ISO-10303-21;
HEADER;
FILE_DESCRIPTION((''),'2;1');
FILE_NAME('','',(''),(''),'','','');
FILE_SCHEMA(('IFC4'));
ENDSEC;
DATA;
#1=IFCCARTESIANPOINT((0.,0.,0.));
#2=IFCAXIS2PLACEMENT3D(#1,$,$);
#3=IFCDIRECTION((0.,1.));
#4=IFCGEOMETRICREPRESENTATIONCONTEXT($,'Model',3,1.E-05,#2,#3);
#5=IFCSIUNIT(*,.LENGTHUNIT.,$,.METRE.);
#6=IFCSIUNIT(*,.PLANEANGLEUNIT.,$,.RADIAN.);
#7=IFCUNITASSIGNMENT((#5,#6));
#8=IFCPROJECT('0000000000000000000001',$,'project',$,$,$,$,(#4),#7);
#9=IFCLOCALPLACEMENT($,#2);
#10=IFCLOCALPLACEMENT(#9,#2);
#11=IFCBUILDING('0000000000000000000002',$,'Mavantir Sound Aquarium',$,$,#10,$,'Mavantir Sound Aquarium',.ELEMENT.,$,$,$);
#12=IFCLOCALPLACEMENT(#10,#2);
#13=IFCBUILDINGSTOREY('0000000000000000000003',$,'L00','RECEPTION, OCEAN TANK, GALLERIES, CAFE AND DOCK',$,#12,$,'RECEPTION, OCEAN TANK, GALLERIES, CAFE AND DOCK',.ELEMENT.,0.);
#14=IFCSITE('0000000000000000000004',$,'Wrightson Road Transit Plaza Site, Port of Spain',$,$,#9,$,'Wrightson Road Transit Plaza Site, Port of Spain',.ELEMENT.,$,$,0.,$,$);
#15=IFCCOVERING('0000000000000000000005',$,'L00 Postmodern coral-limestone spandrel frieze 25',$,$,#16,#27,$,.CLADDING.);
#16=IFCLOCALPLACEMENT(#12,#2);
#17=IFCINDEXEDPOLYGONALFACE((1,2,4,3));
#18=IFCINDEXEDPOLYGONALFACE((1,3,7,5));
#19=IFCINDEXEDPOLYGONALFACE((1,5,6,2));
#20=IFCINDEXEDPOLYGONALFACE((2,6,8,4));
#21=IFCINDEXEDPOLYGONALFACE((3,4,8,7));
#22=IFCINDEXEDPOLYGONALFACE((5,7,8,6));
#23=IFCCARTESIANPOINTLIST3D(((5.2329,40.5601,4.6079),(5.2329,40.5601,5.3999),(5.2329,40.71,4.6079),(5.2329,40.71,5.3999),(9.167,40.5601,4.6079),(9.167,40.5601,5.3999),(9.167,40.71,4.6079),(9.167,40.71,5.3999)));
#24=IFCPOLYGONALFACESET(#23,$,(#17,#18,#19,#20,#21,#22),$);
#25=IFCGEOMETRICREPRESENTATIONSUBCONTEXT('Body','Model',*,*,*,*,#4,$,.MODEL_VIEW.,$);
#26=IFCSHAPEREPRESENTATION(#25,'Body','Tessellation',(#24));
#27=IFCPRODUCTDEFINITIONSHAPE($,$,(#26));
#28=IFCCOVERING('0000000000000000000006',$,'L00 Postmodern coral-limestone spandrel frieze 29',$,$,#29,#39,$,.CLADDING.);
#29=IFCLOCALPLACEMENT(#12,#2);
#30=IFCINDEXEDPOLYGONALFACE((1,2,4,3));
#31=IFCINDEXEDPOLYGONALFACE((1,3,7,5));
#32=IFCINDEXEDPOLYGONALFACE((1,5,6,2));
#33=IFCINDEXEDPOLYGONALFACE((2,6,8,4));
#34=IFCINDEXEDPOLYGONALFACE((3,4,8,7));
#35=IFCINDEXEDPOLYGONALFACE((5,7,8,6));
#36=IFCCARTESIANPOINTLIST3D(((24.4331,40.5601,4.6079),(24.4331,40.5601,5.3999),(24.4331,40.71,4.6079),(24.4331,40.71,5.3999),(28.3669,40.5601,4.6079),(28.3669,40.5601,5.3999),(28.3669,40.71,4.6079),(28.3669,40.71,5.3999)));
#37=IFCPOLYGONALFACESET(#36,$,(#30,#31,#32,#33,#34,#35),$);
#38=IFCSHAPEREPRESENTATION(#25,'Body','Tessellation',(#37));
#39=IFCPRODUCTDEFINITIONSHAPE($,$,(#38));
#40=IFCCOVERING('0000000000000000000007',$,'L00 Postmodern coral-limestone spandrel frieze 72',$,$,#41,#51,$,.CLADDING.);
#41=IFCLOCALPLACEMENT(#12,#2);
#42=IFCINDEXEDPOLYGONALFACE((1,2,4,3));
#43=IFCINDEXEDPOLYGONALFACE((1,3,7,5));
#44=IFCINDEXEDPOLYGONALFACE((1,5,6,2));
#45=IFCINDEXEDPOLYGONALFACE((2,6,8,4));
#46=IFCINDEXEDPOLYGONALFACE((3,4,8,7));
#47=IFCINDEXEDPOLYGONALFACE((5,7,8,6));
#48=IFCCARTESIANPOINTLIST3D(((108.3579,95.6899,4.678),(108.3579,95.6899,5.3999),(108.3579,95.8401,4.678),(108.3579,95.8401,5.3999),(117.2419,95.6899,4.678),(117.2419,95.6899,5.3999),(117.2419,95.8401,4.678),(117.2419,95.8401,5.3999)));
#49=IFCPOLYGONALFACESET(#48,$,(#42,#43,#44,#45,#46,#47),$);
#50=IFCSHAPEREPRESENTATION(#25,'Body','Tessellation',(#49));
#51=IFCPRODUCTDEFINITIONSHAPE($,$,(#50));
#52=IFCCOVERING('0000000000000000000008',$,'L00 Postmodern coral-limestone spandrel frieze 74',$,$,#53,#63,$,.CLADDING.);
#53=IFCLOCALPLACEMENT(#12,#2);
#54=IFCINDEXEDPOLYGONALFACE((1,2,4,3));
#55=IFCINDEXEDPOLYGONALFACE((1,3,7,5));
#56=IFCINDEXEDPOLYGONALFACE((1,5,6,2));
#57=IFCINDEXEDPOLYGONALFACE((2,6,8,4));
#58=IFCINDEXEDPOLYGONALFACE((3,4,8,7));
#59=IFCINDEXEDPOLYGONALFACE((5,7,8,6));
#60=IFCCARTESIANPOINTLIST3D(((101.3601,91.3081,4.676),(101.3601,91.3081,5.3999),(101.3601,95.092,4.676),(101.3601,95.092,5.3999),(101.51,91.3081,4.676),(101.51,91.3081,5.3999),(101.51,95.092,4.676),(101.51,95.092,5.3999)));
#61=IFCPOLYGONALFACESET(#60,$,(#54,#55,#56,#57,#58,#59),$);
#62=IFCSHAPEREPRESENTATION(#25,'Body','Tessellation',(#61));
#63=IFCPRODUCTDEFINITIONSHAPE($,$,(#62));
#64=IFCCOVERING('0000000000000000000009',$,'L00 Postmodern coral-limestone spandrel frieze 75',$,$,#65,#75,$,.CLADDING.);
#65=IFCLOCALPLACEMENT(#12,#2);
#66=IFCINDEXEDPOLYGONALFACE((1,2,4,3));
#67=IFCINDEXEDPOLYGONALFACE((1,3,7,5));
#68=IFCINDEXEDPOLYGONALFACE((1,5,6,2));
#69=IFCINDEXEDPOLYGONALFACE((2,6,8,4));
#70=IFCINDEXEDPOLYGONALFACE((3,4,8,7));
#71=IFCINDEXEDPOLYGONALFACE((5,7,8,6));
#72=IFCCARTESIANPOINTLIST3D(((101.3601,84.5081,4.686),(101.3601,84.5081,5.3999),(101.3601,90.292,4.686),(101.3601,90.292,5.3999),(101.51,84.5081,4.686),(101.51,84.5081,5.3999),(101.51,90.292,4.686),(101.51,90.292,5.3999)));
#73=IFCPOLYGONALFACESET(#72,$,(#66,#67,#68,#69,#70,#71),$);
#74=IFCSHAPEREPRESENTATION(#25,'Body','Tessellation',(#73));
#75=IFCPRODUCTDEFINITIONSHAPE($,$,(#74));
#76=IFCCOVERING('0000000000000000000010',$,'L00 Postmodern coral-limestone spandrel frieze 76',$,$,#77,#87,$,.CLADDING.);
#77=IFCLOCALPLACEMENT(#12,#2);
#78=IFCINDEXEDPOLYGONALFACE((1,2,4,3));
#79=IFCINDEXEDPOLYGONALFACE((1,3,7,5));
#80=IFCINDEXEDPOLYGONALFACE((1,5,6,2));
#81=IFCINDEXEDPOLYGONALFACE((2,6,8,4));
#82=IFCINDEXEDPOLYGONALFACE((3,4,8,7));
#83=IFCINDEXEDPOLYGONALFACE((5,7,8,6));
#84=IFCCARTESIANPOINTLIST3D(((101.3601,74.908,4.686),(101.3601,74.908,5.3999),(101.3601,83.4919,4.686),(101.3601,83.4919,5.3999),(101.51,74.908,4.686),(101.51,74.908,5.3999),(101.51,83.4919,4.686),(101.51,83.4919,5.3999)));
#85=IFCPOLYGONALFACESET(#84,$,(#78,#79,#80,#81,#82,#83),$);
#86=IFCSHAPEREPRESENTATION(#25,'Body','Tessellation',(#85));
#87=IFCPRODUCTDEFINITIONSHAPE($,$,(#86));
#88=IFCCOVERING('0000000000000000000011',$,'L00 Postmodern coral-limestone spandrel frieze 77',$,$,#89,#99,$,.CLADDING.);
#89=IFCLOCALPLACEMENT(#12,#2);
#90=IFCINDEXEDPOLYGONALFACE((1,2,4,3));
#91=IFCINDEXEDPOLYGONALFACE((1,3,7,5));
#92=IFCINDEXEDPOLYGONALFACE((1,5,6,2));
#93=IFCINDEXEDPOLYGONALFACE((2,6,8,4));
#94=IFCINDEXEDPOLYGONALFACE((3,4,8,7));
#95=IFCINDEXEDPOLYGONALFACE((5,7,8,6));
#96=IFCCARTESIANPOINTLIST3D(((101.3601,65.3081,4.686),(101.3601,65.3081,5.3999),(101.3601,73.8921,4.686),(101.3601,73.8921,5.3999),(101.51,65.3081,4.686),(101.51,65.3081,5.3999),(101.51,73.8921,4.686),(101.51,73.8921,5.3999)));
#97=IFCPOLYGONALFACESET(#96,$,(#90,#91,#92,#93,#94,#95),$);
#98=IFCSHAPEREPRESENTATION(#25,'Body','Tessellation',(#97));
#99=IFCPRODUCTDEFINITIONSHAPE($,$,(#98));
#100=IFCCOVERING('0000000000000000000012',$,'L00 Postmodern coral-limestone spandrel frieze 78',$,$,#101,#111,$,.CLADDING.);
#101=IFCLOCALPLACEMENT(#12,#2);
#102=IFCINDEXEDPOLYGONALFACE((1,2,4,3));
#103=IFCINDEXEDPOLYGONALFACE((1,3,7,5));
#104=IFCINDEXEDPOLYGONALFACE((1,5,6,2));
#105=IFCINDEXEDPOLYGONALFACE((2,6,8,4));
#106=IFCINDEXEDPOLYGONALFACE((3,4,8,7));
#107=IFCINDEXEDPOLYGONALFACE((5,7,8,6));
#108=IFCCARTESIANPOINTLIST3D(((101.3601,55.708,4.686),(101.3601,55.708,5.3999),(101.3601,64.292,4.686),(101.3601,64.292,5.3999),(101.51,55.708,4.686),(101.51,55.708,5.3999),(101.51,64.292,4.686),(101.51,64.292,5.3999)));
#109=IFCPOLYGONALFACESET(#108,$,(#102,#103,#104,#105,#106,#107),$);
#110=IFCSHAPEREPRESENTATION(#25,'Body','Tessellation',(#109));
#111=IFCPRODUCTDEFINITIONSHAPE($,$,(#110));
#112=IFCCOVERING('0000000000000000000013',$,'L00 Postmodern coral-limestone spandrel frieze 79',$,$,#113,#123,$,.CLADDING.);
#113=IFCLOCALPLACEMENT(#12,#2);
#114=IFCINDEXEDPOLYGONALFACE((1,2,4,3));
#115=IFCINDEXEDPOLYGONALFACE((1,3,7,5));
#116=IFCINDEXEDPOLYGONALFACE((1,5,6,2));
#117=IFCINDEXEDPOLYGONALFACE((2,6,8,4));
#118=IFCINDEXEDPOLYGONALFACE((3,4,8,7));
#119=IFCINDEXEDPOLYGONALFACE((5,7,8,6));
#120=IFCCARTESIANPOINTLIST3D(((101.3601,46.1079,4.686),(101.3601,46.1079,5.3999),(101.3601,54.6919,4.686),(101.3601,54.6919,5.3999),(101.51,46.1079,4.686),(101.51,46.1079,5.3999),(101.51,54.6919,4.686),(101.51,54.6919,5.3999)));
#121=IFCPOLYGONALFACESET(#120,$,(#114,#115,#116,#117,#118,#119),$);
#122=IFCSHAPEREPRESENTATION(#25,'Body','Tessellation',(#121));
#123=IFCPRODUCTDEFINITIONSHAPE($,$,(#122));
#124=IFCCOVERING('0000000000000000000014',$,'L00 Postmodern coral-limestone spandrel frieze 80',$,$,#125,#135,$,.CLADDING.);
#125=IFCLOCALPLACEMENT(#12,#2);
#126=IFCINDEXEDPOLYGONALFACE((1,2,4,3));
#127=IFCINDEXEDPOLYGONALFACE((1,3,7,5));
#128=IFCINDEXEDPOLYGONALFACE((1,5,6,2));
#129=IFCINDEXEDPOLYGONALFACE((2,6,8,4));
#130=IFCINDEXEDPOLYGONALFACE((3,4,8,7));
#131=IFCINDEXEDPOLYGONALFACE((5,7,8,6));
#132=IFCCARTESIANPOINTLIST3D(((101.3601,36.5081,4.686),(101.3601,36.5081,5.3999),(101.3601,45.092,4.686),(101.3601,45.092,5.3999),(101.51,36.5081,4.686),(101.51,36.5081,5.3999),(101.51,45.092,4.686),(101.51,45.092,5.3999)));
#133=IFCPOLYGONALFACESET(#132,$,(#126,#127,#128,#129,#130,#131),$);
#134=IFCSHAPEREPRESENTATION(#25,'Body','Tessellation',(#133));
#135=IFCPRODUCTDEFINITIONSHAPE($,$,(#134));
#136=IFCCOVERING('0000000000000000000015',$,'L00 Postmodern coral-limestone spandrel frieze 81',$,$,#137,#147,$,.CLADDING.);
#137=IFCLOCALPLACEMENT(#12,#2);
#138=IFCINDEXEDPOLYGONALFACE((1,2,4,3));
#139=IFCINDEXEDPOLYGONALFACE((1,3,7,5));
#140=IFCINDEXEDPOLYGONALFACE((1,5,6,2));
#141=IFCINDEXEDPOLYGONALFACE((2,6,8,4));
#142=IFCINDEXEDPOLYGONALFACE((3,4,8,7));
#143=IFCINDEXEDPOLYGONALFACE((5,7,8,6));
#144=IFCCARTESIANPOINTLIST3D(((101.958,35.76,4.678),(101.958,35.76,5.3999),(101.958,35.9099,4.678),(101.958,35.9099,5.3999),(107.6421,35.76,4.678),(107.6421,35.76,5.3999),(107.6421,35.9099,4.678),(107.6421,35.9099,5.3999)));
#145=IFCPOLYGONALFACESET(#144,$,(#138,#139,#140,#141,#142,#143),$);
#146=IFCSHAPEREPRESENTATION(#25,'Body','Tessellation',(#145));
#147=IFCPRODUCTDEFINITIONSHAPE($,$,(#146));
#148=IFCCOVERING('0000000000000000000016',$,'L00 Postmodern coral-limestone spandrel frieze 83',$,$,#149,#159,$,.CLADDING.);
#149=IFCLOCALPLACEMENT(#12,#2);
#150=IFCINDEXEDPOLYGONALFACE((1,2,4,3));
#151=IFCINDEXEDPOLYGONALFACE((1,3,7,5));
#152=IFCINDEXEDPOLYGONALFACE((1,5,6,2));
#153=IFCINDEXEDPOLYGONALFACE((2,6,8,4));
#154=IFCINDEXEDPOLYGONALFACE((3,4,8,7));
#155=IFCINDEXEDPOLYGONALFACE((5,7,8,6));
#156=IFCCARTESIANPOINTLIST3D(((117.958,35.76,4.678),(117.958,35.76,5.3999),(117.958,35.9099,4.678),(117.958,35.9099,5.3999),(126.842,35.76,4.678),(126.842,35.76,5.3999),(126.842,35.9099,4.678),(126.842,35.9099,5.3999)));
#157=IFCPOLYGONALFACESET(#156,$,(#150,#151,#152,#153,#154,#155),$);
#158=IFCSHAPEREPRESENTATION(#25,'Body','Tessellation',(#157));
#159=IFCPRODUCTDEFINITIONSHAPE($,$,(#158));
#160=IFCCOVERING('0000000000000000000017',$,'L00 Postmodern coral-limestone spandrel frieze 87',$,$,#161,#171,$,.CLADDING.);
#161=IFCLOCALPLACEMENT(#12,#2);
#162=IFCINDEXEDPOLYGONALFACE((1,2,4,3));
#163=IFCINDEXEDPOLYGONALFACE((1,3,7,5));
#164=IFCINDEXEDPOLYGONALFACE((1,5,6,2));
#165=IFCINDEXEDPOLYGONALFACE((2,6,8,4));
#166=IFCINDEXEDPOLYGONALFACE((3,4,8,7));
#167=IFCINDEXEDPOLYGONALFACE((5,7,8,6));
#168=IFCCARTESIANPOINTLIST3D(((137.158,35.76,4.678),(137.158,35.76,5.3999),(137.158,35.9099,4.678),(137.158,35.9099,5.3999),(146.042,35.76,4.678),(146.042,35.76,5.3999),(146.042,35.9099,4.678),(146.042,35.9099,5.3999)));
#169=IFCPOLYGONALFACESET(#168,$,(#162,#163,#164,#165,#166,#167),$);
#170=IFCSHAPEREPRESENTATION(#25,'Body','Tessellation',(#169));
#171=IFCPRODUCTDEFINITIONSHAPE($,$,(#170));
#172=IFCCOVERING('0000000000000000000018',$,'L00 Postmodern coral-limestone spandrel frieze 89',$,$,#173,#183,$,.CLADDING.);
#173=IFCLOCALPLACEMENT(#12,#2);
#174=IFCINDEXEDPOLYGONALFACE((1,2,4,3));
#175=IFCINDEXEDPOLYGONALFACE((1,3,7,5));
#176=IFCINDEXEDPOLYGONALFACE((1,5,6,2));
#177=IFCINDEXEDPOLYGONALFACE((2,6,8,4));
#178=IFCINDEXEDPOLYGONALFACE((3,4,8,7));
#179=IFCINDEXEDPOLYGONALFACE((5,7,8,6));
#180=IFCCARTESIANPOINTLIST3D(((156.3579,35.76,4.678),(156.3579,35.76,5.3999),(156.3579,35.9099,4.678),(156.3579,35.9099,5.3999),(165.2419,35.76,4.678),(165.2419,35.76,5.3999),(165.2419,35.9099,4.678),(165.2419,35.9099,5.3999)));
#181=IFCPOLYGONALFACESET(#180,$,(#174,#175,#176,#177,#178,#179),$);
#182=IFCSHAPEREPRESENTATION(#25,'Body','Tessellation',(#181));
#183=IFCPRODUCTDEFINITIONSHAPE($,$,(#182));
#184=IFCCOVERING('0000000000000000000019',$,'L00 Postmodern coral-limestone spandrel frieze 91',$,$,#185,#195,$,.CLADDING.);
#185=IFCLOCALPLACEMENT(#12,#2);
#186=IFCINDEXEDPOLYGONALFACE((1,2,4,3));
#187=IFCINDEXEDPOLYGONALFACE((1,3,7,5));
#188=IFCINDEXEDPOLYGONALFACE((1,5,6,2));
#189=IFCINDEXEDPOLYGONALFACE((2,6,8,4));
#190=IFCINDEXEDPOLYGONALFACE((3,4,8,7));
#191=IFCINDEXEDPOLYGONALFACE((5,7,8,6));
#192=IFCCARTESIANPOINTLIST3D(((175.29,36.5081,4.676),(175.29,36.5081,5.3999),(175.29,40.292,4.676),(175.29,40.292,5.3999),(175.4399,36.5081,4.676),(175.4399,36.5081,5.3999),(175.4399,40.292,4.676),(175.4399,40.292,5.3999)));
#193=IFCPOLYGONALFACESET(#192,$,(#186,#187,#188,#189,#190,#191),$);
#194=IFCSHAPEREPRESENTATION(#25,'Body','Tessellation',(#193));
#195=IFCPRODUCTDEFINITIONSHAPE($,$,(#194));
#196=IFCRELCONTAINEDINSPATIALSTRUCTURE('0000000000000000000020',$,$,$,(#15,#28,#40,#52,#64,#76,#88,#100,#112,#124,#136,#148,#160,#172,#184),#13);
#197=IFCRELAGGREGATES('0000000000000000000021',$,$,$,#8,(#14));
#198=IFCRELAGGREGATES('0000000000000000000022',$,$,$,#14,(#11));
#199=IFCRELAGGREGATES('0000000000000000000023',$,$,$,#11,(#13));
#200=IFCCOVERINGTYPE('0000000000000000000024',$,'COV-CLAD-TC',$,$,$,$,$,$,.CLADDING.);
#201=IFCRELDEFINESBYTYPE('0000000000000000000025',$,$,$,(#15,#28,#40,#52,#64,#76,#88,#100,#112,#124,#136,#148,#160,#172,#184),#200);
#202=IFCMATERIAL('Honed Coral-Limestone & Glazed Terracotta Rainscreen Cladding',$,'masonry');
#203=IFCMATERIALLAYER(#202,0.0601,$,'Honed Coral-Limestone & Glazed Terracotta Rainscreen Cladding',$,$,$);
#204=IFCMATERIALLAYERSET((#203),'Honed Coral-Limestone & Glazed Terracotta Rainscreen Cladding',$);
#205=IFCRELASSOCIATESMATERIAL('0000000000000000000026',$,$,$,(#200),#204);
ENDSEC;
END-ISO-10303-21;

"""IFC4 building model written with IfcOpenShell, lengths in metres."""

from ifc_helpers import new_model, si_unit, direction, frame, origin, place, context, subcontext, project, spatial, polyline, outline, extrude, material, layer, layer_set, type_object, element, save


model = new_model("IFC4")

# Units and contexts
model_context = context("Model", 3, precision=1e-05, world=origin(), true_north=direction((0.0, 1.0)))
body_context = subcontext(model_context, "Body", "Model", "MODEL_VIEW")
ifc_project = project(units=[si_unit("LENGTHUNIT", "METRE"), si_unit("PLANEANGLEUNIT", "RADIAN")], contexts=[model_context])

# Site, building, storey
site_placement = place(None, origin())
site = spatial("IfcSite", under=ifc_project, at=site_placement, Name="Wrightson Road Transit Plaza Site, Port of Spain", LongName="Wrightson Road Transit Plaza Site, Port of Spain", CompositionType="ELEMENT", RefElevation=0.0)
building_placement = place(site_placement, origin())
building = spatial("IfcBuilding", under=site, at=building_placement, Name="Mavantir Sound Aquarium", LongName="Mavantir Sound Aquarium", CompositionType="ELEMENT")
storey_placement = place(building_placement, origin())
storey = spatial("IfcBuildingStorey", under=building, at=storey_placement, Name="L00", Description="RECEPTION, OCEAN TANK, GALLERIES, CAFE AND DOCK", LongName="RECEPTION, OCEAN TANK, GALLERIES, CAFE AND DOCK", CompositionType="ELEMENT", Elevation=0.0)

# Coverings
ifc_material = material(Name="Honed Coral-Limestone & Glazed Terracotta Rainscreen Cladding", Category="masonry")
ifc_layer = layer(ifc_material, 0.0601, Name="Honed Coral-Limestone & Glazed Terracotta Rainscreen Cladding")
ifc_layer_set = layer_set([ifc_layer], Name="Honed Coral-Limestone & Glazed Terracotta Rainscreen Cladding")
covering_type = type_object("IfcCoveringType", Name="COV-CLAD-TC", PredefinedType="CLADDING", material=ifc_layer_set)
covering_1_placement = place(storey_placement, frame((0.0, 0.0, 4.6079)))
element("IfcCovering", 1, at=covering_1_placement, inside=storey, type_object=covering_type, Name="L00 Postmodern coral-limestone spandrel frieze 25", PredefinedType="CLADDING", context=body_context, shape_type="SweptSolid", body=[
    extrude(outline(polyline([(5.2329, 40.71), (9.167, 40.71), (9.167, 40.5601), (5.2329, 40.5601), (5.2329, 40.71)])), origin(), (0.0, 0.0, 1.0), 0.792),
])
covering_2_placement = place(storey_placement, frame((0.0, 0.0, 4.6079)))
element("IfcCovering", 2, at=covering_2_placement, inside=storey, type_object=covering_type, Name="L00 Postmodern coral-limestone spandrel frieze 29", PredefinedType="CLADDING", context=body_context, shape_type="SweptSolid", body=[
    extrude(outline(polyline([(24.4331, 40.71), (28.3669, 40.71), (28.3669, 40.5601), (24.4331, 40.5601), (24.4331, 40.71)])), origin(), (0.0, 0.0, 1.0), 0.792),
])
covering_3_placement = place(storey_placement, frame((0.0, 0.0, 4.678)))
element("IfcCovering", 3, at=covering_3_placement, inside=storey, type_object=covering_type, Name="L00 Postmodern coral-limestone spandrel frieze 72", PredefinedType="CLADDING", context=body_context, shape_type="SweptSolid", body=[
    extrude(outline(polyline([(117.2419, 95.6899), (108.3579, 95.6899), (108.3579, 95.8401), (117.2419, 95.8401), (117.2419, 95.6899)])), origin(), (0.0, 0.0, 1.0), 0.7219),
])
covering_4_placement = place(storey_placement, frame((0.0, 0.0, 4.676)))
element("IfcCovering", 4, at=covering_4_placement, inside=storey, type_object=covering_type, Name="L00 Postmodern coral-limestone spandrel frieze 74", PredefinedType="CLADDING", context=body_context, shape_type="SweptSolid", body=[
    extrude(outline(polyline([(101.51, 95.092), (101.51, 91.3081), (101.3601, 91.3081), (101.3601, 95.092), (101.51, 95.092)])), origin(), (0.0, 0.0, 1.0), 0.7239),
])
covering_5_placement = place(storey_placement, frame((0.0, 0.0, 4.686)))
element("IfcCovering", 5, at=covering_5_placement, inside=storey, type_object=covering_type, Name="L00 Postmodern coral-limestone spandrel frieze 75", PredefinedType="CLADDING", context=body_context, shape_type="SweptSolid", body=[
    extrude(outline(polyline([(101.51, 90.292), (101.51, 84.5081), (101.3601, 84.5081), (101.3601, 90.292), (101.51, 90.292)])), origin(), (0.0, 0.0, 1.0), 0.7139),
])
covering_6_placement = place(storey_placement, frame((0.0, 0.0, 4.686)))
element("IfcCovering", 6, at=covering_6_placement, inside=storey, type_object=covering_type, Name="L00 Postmodern coral-limestone spandrel frieze 76", PredefinedType="CLADDING", context=body_context, shape_type="SweptSolid", body=[
    extrude(outline(polyline([(101.51, 83.4919), (101.51, 74.908), (101.3601, 74.908), (101.3601, 83.4919), (101.51, 83.4919)])), origin(), (0.0, 0.0, 1.0), 0.7139),
])
covering_7_placement = place(storey_placement, frame((0.0, 0.0, 4.686)))
element("IfcCovering", 7, at=covering_7_placement, inside=storey, type_object=covering_type, Name="L00 Postmodern coral-limestone spandrel frieze 77", PredefinedType="CLADDING", context=body_context, shape_type="SweptSolid", body=[
    extrude(outline(polyline([(101.51, 73.8921), (101.51, 65.3081), (101.3601, 65.3081), (101.3601, 73.8921), (101.51, 73.8921)])), origin(), (0.0, 0.0, 1.0), 0.7139),
])
covering_8_placement = place(storey_placement, frame((0.0, 0.0, 4.686)))
element("IfcCovering", 8, at=covering_8_placement, inside=storey, type_object=covering_type, Name="L00 Postmodern coral-limestone spandrel frieze 78", PredefinedType="CLADDING", context=body_context, shape_type="SweptSolid", body=[
    extrude(outline(polyline([(101.51, 64.292), (101.51, 55.708), (101.3601, 55.708), (101.3601, 64.292), (101.51, 64.292)])), origin(), (0.0, 0.0, 1.0), 0.7139),
])
covering_9_placement = place(storey_placement, frame((0.0, 0.0, 4.686)))
element("IfcCovering", 9, at=covering_9_placement, inside=storey, type_object=covering_type, Name="L00 Postmodern coral-limestone spandrel frieze 79", PredefinedType="CLADDING", context=body_context, shape_type="SweptSolid", body=[
    extrude(outline(polyline([(101.51, 54.6919), (101.51, 46.1079), (101.3601, 46.1079), (101.3601, 54.6919), (101.51, 54.6919)])), origin(), (0.0, 0.0, 1.0), 0.7139),
])
covering_10_placement = place(storey_placement, frame((0.0, 0.0, 4.686)))
element("IfcCovering", 10, at=covering_10_placement, inside=storey, type_object=covering_type, Name="L00 Postmodern coral-limestone spandrel frieze 80", PredefinedType="CLADDING", context=body_context, shape_type="SweptSolid", body=[
    extrude(outline(polyline([(101.51, 45.092), (101.51, 36.5081), (101.3601, 36.5081), (101.3601, 45.092), (101.51, 45.092)])), origin(), (0.0, 0.0, 1.0), 0.7139),
])
covering_11_placement = place(storey_placement, frame((0.0, 0.0, 4.678)))
element("IfcCovering", 11, at=covering_11_placement, inside=storey, type_object=covering_type, Name="L00 Postmodern coral-limestone spandrel frieze 81", PredefinedType="CLADDING", context=body_context, shape_type="SweptSolid", body=[
    extrude(outline(polyline([(101.958, 35.9099), (107.6421, 35.9099), (107.6421, 35.76), (101.958, 35.76), (101.958, 35.9099)])), origin(), (0.0, 0.0, 1.0), 0.7219),
])
covering_12_placement = place(storey_placement, frame((0.0, 0.0, 4.678)))
element("IfcCovering", 12, at=covering_12_placement, inside=storey, type_object=covering_type, Name="L00 Postmodern coral-limestone spandrel frieze 83", PredefinedType="CLADDING", context=body_context, shape_type="SweptSolid", body=[
    extrude(outline(polyline([(117.958, 35.9099), (126.842, 35.9099), (126.842, 35.76), (117.958, 35.76), (117.958, 35.9099)])), origin(), (0.0, 0.0, 1.0), 0.7219),
])
covering_13_placement = place(storey_placement, frame((0.0, 0.0, 4.678)))
element("IfcCovering", 13, at=covering_13_placement, inside=storey, type_object=covering_type, Name="L00 Postmodern coral-limestone spandrel frieze 87", PredefinedType="CLADDING", context=body_context, shape_type="SweptSolid", body=[
    extrude(outline(polyline([(137.158, 35.9099), (146.042, 35.9099), (146.042, 35.76), (137.158, 35.76), (137.158, 35.9099)])), origin(), (0.0, 0.0, 1.0), 0.7219),
])
covering_14_placement = place(storey_placement, frame((0.0, 0.0, 4.678)))
element("IfcCovering", 14, at=covering_14_placement, inside=storey, type_object=covering_type, Name="L00 Postmodern coral-limestone spandrel frieze 89", PredefinedType="CLADDING", context=body_context, shape_type="SweptSolid", body=[
    extrude(outline(polyline([(156.3579, 35.9099), (165.2419, 35.9099), (165.2419, 35.76), (156.3579, 35.76), (156.3579, 35.9099)])), origin(), (0.0, 0.0, 1.0), 0.7219),
])
covering_15_placement = place(storey_placement, frame((0.0, 0.0, 4.676)))
element("IfcCovering", 15, at=covering_15_placement, inside=storey, type_object=covering_type, Name="L00 Postmodern coral-limestone spandrel frieze 91", PredefinedType="CLADDING", context=body_context, shape_type="SweptSolid", body=[
    extrude(outline(polyline([(175.29, 36.5081), (175.29, 40.292), (175.4399, 40.292), (175.4399, 36.5081), (175.29, 36.5081)])), origin(), (0.0, 0.0, 1.0), 0.7239),
])

save(model, "model.ifc")
